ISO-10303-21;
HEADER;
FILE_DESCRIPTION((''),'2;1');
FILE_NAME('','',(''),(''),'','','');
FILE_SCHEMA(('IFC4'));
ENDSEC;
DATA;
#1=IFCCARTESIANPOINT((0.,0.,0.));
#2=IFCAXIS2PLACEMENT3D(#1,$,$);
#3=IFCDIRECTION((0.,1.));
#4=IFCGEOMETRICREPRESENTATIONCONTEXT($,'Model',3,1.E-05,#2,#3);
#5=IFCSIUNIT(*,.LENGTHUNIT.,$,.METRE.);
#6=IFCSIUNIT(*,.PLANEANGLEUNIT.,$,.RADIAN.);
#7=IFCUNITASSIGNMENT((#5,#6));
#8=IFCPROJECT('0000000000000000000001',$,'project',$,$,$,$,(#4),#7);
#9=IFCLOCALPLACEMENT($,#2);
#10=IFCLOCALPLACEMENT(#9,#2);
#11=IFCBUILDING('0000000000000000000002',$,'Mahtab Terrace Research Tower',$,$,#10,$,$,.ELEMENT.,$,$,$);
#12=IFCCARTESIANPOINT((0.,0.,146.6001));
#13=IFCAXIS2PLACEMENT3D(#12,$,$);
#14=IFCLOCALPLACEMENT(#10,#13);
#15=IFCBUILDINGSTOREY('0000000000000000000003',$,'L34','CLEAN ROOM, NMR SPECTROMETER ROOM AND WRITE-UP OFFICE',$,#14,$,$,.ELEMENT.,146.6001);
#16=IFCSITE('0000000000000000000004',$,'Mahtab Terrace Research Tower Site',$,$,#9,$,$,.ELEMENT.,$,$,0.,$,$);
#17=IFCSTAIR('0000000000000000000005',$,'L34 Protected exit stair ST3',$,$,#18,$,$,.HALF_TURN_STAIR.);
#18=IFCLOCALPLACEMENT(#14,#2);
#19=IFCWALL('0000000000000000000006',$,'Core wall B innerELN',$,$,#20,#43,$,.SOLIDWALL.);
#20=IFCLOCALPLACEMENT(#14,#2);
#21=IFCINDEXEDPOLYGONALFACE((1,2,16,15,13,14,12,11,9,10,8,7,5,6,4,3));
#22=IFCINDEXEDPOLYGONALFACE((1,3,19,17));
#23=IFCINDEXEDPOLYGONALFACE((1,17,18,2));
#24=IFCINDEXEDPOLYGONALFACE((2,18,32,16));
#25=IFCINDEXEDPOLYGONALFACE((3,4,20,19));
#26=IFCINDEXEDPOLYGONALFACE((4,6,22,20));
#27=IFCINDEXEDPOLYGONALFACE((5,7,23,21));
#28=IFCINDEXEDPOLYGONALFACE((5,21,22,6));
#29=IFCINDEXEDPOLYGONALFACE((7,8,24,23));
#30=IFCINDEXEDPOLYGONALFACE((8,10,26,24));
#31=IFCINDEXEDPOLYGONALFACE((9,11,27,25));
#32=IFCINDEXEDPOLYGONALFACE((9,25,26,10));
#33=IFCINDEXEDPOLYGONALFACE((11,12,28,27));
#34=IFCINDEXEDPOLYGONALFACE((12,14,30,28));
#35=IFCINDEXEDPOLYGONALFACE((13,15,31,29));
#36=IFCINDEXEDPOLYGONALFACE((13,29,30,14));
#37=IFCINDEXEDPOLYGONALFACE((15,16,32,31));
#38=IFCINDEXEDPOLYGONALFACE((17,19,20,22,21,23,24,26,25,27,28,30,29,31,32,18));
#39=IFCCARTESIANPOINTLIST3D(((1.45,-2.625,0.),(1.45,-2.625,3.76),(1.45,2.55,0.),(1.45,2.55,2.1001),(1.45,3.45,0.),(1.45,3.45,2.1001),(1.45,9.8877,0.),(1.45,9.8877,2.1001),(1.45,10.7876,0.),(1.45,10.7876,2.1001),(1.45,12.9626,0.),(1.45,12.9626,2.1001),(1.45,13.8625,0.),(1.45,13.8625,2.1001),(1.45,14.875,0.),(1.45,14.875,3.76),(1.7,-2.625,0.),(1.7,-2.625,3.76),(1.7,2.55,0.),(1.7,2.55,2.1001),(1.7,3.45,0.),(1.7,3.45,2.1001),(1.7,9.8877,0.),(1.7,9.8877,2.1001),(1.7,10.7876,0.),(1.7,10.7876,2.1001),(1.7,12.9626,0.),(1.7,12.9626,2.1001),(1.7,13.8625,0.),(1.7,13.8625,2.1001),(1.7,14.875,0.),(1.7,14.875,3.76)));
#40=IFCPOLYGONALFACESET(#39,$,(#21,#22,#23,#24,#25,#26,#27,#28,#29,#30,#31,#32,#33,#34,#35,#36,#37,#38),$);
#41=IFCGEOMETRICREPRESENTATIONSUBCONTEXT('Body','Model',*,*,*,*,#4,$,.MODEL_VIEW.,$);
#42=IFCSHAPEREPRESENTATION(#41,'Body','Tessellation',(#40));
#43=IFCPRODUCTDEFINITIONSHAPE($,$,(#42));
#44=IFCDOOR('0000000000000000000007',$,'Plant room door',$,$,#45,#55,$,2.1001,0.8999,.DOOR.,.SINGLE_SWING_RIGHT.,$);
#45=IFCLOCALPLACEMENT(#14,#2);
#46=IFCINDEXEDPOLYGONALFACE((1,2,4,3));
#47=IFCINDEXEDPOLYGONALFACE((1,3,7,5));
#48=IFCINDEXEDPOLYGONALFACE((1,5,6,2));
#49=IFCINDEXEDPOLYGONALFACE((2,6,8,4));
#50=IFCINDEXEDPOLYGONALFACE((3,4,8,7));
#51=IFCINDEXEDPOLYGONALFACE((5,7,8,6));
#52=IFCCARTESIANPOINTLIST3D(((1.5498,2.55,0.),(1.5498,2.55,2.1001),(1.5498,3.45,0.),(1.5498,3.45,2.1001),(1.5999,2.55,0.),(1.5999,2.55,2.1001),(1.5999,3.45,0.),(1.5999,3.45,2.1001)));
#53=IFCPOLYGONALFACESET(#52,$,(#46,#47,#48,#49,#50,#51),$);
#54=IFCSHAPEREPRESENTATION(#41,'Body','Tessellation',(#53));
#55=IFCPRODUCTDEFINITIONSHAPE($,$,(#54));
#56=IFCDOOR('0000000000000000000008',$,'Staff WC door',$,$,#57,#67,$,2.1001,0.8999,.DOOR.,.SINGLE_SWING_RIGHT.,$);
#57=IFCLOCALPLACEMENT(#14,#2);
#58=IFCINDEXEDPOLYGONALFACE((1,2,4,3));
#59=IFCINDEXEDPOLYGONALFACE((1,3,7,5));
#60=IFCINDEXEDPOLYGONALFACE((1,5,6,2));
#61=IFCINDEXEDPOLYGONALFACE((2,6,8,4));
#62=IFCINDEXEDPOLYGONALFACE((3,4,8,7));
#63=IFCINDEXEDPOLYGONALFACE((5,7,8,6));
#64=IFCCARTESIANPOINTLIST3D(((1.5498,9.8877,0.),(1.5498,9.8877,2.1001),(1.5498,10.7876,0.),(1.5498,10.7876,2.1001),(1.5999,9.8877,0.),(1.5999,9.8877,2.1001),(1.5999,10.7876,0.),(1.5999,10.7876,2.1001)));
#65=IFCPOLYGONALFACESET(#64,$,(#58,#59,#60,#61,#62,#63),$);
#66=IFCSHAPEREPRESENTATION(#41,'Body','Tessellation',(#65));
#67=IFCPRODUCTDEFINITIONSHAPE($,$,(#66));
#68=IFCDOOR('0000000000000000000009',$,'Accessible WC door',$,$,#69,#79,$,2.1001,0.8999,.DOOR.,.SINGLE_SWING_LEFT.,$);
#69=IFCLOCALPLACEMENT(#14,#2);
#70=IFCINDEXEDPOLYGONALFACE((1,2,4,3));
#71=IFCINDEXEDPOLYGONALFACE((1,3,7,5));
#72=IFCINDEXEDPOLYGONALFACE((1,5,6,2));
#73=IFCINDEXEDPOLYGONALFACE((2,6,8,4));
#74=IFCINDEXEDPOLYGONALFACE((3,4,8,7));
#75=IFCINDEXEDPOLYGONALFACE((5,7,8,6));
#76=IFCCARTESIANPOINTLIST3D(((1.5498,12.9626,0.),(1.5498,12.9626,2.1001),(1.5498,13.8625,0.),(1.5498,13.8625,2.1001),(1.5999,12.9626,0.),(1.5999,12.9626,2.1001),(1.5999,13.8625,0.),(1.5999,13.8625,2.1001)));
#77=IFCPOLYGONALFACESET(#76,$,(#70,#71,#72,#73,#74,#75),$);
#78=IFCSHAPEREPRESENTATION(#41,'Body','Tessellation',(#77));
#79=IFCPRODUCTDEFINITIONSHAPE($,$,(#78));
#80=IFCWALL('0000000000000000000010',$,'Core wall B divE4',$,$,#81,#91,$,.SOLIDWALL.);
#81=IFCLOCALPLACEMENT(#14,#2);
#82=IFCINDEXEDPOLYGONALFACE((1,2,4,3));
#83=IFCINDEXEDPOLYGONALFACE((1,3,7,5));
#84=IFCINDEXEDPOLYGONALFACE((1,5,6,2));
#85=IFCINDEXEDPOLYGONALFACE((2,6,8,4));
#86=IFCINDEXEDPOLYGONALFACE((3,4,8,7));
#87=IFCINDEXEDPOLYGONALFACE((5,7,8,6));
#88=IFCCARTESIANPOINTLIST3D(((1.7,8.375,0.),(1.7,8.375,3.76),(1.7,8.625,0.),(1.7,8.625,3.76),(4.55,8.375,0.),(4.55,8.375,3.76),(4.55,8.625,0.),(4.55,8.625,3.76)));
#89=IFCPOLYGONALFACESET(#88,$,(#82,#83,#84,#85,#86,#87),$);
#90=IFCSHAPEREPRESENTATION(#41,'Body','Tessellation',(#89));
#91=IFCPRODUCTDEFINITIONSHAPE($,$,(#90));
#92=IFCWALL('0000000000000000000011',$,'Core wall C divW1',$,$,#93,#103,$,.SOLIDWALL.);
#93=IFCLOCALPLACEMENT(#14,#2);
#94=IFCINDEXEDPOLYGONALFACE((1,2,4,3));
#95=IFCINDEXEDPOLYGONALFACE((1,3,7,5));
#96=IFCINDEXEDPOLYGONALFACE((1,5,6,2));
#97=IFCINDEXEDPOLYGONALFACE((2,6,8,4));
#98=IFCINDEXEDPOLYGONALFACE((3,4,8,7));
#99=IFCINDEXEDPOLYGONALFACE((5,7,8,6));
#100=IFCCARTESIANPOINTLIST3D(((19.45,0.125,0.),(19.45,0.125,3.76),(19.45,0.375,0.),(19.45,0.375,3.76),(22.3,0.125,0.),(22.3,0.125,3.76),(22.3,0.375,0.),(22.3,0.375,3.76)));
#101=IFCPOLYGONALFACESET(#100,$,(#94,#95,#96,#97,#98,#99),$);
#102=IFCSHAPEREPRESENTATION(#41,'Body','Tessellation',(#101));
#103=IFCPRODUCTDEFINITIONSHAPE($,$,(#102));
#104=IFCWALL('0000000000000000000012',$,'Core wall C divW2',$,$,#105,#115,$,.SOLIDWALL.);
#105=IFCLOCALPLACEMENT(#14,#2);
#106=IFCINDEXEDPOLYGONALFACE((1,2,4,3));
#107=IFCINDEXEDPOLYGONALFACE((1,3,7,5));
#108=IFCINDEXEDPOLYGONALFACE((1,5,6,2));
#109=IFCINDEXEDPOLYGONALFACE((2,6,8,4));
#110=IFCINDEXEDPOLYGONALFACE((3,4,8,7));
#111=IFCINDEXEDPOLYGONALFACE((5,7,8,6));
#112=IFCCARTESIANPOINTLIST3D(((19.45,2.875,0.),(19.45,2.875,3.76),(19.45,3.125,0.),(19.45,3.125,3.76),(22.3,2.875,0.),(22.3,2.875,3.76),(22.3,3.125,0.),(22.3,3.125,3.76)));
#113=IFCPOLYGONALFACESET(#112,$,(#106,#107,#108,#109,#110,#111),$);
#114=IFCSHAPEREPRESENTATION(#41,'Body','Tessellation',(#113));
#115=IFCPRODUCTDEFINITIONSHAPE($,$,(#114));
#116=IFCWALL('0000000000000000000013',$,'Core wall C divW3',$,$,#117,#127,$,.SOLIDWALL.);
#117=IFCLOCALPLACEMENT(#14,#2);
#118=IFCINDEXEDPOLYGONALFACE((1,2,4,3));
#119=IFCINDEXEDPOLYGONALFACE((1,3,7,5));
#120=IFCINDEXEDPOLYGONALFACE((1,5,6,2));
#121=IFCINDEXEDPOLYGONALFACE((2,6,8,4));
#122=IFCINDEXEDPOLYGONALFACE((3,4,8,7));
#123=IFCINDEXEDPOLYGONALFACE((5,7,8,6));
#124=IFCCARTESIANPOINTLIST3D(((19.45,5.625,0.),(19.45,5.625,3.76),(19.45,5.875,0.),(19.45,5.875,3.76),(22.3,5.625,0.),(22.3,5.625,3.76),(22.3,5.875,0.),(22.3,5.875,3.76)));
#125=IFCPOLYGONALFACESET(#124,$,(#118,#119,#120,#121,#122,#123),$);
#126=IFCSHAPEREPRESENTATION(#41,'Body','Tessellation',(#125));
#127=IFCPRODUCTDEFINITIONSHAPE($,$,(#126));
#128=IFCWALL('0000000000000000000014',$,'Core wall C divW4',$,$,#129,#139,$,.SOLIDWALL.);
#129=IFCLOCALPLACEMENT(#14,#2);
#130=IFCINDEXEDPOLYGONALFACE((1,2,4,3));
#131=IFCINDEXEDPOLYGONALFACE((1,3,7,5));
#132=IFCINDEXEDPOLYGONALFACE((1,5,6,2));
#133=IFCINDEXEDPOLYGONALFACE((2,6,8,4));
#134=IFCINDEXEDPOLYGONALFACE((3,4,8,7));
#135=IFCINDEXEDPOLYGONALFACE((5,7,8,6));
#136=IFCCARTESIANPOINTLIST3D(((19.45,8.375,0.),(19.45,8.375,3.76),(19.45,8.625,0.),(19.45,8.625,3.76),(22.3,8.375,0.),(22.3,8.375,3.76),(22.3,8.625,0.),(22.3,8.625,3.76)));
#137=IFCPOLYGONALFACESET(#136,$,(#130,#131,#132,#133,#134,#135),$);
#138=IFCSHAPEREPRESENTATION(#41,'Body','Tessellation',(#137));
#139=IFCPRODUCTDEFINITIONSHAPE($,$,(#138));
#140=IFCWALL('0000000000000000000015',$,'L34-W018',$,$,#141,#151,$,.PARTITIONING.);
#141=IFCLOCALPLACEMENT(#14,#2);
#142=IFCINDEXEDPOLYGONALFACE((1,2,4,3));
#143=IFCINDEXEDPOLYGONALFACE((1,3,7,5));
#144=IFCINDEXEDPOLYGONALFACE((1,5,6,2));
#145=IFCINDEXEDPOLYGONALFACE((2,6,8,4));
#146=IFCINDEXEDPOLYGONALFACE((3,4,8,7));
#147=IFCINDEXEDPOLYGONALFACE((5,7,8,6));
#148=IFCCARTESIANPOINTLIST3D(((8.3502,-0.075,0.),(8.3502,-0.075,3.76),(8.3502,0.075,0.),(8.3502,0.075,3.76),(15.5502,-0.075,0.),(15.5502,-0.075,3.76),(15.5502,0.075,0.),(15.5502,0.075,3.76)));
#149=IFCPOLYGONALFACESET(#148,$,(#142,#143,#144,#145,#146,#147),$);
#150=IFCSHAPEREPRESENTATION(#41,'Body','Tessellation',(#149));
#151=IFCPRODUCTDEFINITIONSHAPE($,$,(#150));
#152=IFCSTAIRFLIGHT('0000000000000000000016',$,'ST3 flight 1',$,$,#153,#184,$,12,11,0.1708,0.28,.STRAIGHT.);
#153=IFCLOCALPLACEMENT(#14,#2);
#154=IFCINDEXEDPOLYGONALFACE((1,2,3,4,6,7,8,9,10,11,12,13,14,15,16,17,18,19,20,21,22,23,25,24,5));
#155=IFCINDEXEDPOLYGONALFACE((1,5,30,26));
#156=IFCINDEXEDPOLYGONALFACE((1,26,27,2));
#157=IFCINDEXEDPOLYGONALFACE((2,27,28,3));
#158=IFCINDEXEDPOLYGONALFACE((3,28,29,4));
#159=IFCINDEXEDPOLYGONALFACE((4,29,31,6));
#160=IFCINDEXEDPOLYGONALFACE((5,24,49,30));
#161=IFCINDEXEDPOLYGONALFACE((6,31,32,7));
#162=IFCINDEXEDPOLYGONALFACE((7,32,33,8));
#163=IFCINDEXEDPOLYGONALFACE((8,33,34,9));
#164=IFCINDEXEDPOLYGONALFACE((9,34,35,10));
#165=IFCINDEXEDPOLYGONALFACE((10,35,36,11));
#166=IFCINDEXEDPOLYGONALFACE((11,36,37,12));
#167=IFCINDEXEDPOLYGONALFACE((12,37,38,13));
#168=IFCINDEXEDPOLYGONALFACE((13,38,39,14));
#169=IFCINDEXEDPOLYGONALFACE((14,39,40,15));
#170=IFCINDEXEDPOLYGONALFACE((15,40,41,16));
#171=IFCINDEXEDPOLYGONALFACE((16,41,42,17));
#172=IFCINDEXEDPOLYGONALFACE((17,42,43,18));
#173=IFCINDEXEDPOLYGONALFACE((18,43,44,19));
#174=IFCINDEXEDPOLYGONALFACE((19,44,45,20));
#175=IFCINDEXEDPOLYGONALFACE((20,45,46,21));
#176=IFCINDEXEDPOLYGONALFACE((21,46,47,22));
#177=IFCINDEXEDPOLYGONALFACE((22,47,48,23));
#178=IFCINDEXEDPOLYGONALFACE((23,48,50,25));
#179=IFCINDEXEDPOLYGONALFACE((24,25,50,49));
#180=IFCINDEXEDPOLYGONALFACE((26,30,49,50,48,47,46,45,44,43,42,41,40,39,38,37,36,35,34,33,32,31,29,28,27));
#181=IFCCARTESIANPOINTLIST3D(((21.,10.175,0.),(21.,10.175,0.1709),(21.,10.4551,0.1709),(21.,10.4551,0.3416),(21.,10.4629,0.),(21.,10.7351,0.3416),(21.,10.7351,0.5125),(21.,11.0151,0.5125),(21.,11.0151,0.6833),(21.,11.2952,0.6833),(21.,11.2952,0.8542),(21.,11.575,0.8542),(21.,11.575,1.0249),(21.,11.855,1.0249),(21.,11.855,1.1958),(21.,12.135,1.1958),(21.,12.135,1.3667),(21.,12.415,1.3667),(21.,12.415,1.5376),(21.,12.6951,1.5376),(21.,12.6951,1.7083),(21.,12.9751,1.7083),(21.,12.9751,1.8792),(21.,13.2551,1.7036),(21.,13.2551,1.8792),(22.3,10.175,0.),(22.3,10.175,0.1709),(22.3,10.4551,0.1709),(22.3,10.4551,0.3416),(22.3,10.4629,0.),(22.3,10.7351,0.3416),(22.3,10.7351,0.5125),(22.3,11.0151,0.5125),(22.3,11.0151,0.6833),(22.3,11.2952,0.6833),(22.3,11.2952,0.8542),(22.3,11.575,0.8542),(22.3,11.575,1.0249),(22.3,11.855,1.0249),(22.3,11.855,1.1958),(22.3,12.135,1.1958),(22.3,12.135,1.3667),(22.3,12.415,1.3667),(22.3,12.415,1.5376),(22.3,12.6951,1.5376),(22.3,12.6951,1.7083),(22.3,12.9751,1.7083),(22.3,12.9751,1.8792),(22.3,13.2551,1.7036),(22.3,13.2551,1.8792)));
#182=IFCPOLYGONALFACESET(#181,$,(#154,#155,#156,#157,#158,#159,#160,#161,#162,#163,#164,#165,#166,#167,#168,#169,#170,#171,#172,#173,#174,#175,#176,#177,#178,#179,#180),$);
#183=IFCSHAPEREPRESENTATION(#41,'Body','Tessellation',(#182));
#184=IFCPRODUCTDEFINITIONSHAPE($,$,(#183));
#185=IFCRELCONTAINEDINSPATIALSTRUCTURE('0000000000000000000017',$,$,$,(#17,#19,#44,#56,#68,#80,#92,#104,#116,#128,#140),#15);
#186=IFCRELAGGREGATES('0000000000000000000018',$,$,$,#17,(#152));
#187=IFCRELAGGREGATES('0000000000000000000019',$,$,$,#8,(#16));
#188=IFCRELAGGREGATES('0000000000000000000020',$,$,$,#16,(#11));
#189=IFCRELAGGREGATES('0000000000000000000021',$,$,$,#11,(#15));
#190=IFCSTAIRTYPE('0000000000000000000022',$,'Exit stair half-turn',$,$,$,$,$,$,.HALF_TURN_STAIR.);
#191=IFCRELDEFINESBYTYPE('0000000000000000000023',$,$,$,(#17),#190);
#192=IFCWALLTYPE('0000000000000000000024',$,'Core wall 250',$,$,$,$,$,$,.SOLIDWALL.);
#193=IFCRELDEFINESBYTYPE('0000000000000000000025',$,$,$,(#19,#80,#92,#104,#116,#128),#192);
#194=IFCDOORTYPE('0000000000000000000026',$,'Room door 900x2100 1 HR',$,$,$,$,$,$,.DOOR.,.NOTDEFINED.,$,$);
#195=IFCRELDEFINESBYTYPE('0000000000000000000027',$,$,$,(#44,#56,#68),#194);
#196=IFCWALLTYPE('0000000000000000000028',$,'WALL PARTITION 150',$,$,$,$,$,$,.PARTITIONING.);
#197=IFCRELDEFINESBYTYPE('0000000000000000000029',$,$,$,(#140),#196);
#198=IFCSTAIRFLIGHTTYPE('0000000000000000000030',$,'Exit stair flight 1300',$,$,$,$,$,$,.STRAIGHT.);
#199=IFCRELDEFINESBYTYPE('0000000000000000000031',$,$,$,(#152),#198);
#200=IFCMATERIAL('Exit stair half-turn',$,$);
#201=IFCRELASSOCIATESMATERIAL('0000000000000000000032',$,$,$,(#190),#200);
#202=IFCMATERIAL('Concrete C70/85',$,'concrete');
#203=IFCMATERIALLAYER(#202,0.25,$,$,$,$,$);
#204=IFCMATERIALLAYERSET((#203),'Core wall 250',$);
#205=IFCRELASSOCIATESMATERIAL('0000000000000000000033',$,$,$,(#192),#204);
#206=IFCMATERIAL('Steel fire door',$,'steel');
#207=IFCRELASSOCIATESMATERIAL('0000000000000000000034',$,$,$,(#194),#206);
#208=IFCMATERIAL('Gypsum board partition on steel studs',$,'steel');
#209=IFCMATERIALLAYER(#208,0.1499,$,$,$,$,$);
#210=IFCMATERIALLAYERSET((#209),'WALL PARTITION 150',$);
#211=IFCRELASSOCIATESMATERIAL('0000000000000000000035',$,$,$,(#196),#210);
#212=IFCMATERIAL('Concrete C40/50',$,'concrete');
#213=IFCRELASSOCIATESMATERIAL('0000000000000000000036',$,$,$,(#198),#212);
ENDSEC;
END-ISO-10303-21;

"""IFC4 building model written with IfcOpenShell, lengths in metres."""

from ifc_helpers import new_model, si_unit, direction, frame, frame_2d, origin, place, context, subcontext, project, spatial, polyline, rectangle, outline, extrude, material, layer, layer_set, type_object, element, fill, aggregate, save


model = new_model("IFC4")

# Units and contexts
model_context = context("Model", 3, precision=1e-05, world=origin(), true_north=direction((0.0, 1.0)))
body_context = subcontext(model_context, "Body", "Model", "MODEL_VIEW")
ifc_project = project(units=[si_unit("LENGTHUNIT", "METRE"), si_unit("PLANEANGLEUNIT", "RADIAN")], contexts=[model_context])

# Site, building, storey
site_placement = place(None, origin())
site = spatial("IfcSite", under=ifc_project, at=site_placement, Name="Mahtab Terrace Research Tower Site", CompositionType="ELEMENT", RefElevation=0.0)
building_placement = place(site_placement, origin())
building = spatial("IfcBuilding", under=site, at=building_placement, Name="Mahtab Terrace Research Tower", CompositionType="ELEMENT")
storey_placement = place(building_placement, frame((0.0, 0.0, 146.6001)))
storey = spatial("IfcBuildingStorey", under=building, at=storey_placement, Name="L34", Description="CLEAN ROOM, NMR SPECTROMETER ROOM AND WRITE-UP OFFICE", CompositionType="ELEMENT", Elevation=146.6001)

# Shared definitions
ifc_material_1 = material(Name="Concrete C70/85", Category="concrete")

# Stair
ifc_material_2 = material(Name="Exit stair half-turn")
stair_type = type_object("IfcStairType", Name="Exit stair half-turn", PredefinedType="HALF_TURN_STAIR", material=ifc_material_2)
ifc_material_3 = material(Name="Concrete C40/50", Category="concrete")
stair_1_placement = place(storey_placement, origin())
stair_1 = element("IfcStair", 1, at=stair_1_placement, inside=storey, type_object=stair_type, Name="L34 Protected exit stair ST3", PredefinedType="HALF_TURN_STAIR")

# Wall, openings, doors
ifc_layer_1 = layer(ifc_material_1, 0.25)
ifc_layer_set_1 = layer_set([ifc_layer_1], Name="Core wall 250")
wall_type_1 = type_object("IfcWallType", Name="Core wall 250", PredefinedType="SOLIDWALL", material=ifc_layer_set_1)
wall_1_placement = place(storey_placement, frame((1.575, 14.875, 0.0), z_axis=(0.0, 0.0, 1.0), x_axis=(0.0, -1.0, 0.0)))
wall_1 = element("IfcWall", 2, at=wall_1_placement, inside=storey, type_object=wall_type_1, Name="Core wall B innerELN", PredefinedType="SOLIDWALL", context=body_context, shape_type="SweptSolid", body=[
    extrude(rectangle(XDim=17.5, YDim=0.25, at=frame_2d((8.75, 0.0))), origin(), (0.0, 0.0, 1.0), 3.76),
])
opening_1_placement = place(wall_1_placement, frame((11.425, 0.0, 0.0)))
opening_1 = element("IfcOpeningElement", 3, at=opening_1_placement, cuts=wall_1, PredefinedType="OPENING", context=body_context, shape_type="SweptSolid", body=[
    extrude(rectangle(XDim=0.8999, YDim=2.1001, at=frame_2d((0.45, 1.05))), frame((0.0, 0.135, 0.0), z_axis=(0.0, -1.0, 0.0), x_axis=(1.0, 0.0, 0.0)), (0.0, 0.0, 1.0), 0.27),
])
opening_2_placement = place(wall_1_placement, frame((4.0874, 0.0, 0.0)))
opening_2 = element("IfcOpeningElement", 4, at=opening_2_placement, cuts=wall_1, PredefinedType="OPENING", context=body_context, shape_type="SweptSolid", body=[
    extrude(rectangle(XDim=0.8999, YDim=2.1001, at=frame_2d((0.45, 1.05))), frame((0.0, 0.135, 0.0), z_axis=(0.0, -1.0, 0.0), x_axis=(1.0, 0.0, 0.0)), (0.0, 0.0, 1.0), 0.27),
])
opening_3_placement = place(wall_1_placement, frame((1.0125, 0.0, 0.0)))
opening_3 = element("IfcOpeningElement", 5, at=opening_3_placement, cuts=wall_1, PredefinedType="OPENING", context=body_context, shape_type="SweptSolid", body=[
    extrude(rectangle(XDim=0.8999, YDim=2.1001, at=frame_2d((0.45, 1.05))), frame((0.0, 0.135, 0.0), z_axis=(0.0, -1.0, 0.0), x_axis=(1.0, 0.0, 0.0)), (0.0, 0.0, 1.0), 0.27),
])
ifc_material_4 = material(Name="Steel fire door", Category="steel")
door_type = type_object("IfcDoorType", Name="Room door 900x2100 1 HR", OperationType="NOTDEFINED", PredefinedType="DOOR", material=ifc_material_4)
door_1_placement = place(opening_1_placement, origin())
door_1 = element("IfcDoor", 6, at=door_1_placement, inside=storey, type_object=door_type, Name="Plant room door", OperationType="SINGLE_SWING_RIGHT", OverallHeight=2.1001, OverallWidth=0.8999, PredefinedType="DOOR", context=body_context, shape_type="SweptSolid", body=[
    extrude(rectangle(XDim=0.8999, YDim=2.1001, at=frame_2d((0.45, 1.05))), frame((0.0, 0.0249, 0.0), z_axis=(0.0, -1.0, 0.0), x_axis=(1.0, 0.0, 0.0)), (0.0, 0.0, 1.0), 0.05),
])
fill(opening_1, door_1)
door_2_placement = place(opening_2_placement, origin())
door_2 = element("IfcDoor", 7, at=door_2_placement, inside=storey, type_object=door_type, Name="Staff WC door", OperationType="SINGLE_SWING_RIGHT", OverallHeight=2.1001, OverallWidth=0.8999, PredefinedType="DOOR", context=body_context, shape_type="SweptSolid", body=[
    extrude(rectangle(XDim=0.8999, YDim=2.1001, at=frame_2d((0.45, 1.05))), frame((0.0, 0.0249, 0.0), z_axis=(0.0, -1.0, 0.0), x_axis=(1.0, 0.0, 0.0)), (0.0, 0.0, 1.0), 0.05),
])
fill(opening_2, door_2)
door_3_placement = place(opening_3_placement, origin())
door_3 = element("IfcDoor", 8, at=door_3_placement, inside=storey, type_object=door_type, Name="Accessible WC door", OperationType="SINGLE_SWING_LEFT", OverallHeight=2.1001, OverallWidth=0.8999, PredefinedType="DOOR", context=body_context, shape_type="SweptSolid", body=[
    extrude(rectangle(XDim=0.8999, YDim=2.1001, at=frame_2d((0.45, 1.05))), frame((0.0, 0.0249, 0.0), z_axis=(0.0, -1.0, 0.0), x_axis=(1.0, 0.0, 0.0)), (0.0, 0.0, 1.0), 0.05),
])
fill(opening_3, door_3)

# Walls
for number, where, z_axis, x_axis, name in (
    (9, (1.7, 8.5, 0.0), (0.0, 0.0, 1.0), (1.0, 0.0, 0.0), "Core wall B divE4"),
    (10, (19.45, 0.25, 0.0), (0.0, 0.0, 1.0), (1.0, 0.0, 0.0), "Core wall C divW1"),
    (11, (19.45, 3.0, 0.0), (0.0, 0.0, 1.0), (1.0, 0.0, 0.0), "Core wall C divW2"),
    (12, (19.45, 5.75, 0.0), (0.0, 0.0, 1.0), (1.0, 0.0, 0.0), "Core wall C divW3"),
    (13, (19.45, 8.5, 0.0), (0.0, 0.0, 1.0), (1.0, 0.0, 0.0), "Core wall C divW4"),
):
    element("IfcWall", number, at=place(storey_placement, frame(where, z_axis=z_axis, x_axis=x_axis)), inside=storey, type_object=wall_type_1, Name=name, PredefinedType="SOLIDWALL", context=body_context, shape_type="SweptSolid", body=[
        extrude(rectangle(XDim=2.8501, YDim=0.25, at=frame_2d((1.425, 0.0))), origin(), (0.0, 0.0, 1.0), 3.76),
    ])
ifc_material_5 = material(Name="Gypsum board partition on steel studs", Category="steel")
ifc_layer_2 = layer(ifc_material_5, 0.1499)
ifc_layer_set_2 = layer_set([ifc_layer_2], Name="WALL PARTITION 150")
wall_type_2 = type_object("IfcWallType", Name="WALL PARTITION 150", PredefinedType="PARTITIONING", material=ifc_layer_set_2)
wall_2_placement = place(storey_placement, frame((8.3501, 0.0, 0.0), z_axis=(0.0, 0.0, 1.0), x_axis=(1.0, 0.0, 0.0)))
element("IfcWall", 14, at=wall_2_placement, inside=storey, type_object=wall_type_2, Name="L34-W018", PredefinedType="PARTITIONING", context=body_context, shape_type="SweptSolid", body=[
    extrude(rectangle(XDim=7.2, YDim=0.1499, at=frame_2d((3.6001, 0.0))), origin(), (0.0, 0.0, 1.0), 3.76),
])

# Stair flight
stair_flight_type = type_object("IfcStairFlightType", Name="Exit stair flight 1300", PredefinedType="STRAIGHT", material=ifc_material_3)
stair_flight_1_placement = place(storey_placement, frame((21.6499, 10.175, 0.0), z_axis=(0.0, 0.0, 1.0), x_axis=(0.0, 1.0, 0.0)))
stair_flight_1 = element("IfcStairFlight", 15, at=stair_flight_1_placement, type_object=stair_flight_type, Name="ST3 flight 1", NumberOfRisers=12, NumberOfTreads=11, PredefinedType="STRAIGHT", RiserHeight=0.1708, TreadLength=0.28, context=body_context, shape_type="SweptSolid", body=[
    extrude(outline(polyline([(0.0, 0.0), (0.0, 0.1709), (0.28, 0.1709), (0.28, 0.3416), (0.5601, 0.3416), (0.5601, 0.5125), (0.8401, 0.5125), (0.8401, 0.6833), (1.1201, 0.6833), (1.1201, 0.8542), (1.3999, 0.8542), (1.3999, 1.0249), (1.6799, 1.0249), (1.6799, 1.1958), (1.96, 1.1958), (1.96, 1.3667), (2.24, 1.3667), (2.24, 1.5376), (2.52, 1.5376), (2.52, 1.7083), (2.8, 1.7083), (2.8, 1.8792), (3.0801, 1.8792), (3.0801, 2.05), (3.0801, 1.7036), (0.2878, 0.0), (0.0, 0.0)])), frame((0.0, 0.6499, 0.0), z_axis=(0.0, -1.0, 0.0), x_axis=(1.0, 0.0, 0.0)), (0.0, 0.0, 1.0), 1.3),
])
aggregate(stair_1, [stair_flight_1])

save(model, "model.ifc")
